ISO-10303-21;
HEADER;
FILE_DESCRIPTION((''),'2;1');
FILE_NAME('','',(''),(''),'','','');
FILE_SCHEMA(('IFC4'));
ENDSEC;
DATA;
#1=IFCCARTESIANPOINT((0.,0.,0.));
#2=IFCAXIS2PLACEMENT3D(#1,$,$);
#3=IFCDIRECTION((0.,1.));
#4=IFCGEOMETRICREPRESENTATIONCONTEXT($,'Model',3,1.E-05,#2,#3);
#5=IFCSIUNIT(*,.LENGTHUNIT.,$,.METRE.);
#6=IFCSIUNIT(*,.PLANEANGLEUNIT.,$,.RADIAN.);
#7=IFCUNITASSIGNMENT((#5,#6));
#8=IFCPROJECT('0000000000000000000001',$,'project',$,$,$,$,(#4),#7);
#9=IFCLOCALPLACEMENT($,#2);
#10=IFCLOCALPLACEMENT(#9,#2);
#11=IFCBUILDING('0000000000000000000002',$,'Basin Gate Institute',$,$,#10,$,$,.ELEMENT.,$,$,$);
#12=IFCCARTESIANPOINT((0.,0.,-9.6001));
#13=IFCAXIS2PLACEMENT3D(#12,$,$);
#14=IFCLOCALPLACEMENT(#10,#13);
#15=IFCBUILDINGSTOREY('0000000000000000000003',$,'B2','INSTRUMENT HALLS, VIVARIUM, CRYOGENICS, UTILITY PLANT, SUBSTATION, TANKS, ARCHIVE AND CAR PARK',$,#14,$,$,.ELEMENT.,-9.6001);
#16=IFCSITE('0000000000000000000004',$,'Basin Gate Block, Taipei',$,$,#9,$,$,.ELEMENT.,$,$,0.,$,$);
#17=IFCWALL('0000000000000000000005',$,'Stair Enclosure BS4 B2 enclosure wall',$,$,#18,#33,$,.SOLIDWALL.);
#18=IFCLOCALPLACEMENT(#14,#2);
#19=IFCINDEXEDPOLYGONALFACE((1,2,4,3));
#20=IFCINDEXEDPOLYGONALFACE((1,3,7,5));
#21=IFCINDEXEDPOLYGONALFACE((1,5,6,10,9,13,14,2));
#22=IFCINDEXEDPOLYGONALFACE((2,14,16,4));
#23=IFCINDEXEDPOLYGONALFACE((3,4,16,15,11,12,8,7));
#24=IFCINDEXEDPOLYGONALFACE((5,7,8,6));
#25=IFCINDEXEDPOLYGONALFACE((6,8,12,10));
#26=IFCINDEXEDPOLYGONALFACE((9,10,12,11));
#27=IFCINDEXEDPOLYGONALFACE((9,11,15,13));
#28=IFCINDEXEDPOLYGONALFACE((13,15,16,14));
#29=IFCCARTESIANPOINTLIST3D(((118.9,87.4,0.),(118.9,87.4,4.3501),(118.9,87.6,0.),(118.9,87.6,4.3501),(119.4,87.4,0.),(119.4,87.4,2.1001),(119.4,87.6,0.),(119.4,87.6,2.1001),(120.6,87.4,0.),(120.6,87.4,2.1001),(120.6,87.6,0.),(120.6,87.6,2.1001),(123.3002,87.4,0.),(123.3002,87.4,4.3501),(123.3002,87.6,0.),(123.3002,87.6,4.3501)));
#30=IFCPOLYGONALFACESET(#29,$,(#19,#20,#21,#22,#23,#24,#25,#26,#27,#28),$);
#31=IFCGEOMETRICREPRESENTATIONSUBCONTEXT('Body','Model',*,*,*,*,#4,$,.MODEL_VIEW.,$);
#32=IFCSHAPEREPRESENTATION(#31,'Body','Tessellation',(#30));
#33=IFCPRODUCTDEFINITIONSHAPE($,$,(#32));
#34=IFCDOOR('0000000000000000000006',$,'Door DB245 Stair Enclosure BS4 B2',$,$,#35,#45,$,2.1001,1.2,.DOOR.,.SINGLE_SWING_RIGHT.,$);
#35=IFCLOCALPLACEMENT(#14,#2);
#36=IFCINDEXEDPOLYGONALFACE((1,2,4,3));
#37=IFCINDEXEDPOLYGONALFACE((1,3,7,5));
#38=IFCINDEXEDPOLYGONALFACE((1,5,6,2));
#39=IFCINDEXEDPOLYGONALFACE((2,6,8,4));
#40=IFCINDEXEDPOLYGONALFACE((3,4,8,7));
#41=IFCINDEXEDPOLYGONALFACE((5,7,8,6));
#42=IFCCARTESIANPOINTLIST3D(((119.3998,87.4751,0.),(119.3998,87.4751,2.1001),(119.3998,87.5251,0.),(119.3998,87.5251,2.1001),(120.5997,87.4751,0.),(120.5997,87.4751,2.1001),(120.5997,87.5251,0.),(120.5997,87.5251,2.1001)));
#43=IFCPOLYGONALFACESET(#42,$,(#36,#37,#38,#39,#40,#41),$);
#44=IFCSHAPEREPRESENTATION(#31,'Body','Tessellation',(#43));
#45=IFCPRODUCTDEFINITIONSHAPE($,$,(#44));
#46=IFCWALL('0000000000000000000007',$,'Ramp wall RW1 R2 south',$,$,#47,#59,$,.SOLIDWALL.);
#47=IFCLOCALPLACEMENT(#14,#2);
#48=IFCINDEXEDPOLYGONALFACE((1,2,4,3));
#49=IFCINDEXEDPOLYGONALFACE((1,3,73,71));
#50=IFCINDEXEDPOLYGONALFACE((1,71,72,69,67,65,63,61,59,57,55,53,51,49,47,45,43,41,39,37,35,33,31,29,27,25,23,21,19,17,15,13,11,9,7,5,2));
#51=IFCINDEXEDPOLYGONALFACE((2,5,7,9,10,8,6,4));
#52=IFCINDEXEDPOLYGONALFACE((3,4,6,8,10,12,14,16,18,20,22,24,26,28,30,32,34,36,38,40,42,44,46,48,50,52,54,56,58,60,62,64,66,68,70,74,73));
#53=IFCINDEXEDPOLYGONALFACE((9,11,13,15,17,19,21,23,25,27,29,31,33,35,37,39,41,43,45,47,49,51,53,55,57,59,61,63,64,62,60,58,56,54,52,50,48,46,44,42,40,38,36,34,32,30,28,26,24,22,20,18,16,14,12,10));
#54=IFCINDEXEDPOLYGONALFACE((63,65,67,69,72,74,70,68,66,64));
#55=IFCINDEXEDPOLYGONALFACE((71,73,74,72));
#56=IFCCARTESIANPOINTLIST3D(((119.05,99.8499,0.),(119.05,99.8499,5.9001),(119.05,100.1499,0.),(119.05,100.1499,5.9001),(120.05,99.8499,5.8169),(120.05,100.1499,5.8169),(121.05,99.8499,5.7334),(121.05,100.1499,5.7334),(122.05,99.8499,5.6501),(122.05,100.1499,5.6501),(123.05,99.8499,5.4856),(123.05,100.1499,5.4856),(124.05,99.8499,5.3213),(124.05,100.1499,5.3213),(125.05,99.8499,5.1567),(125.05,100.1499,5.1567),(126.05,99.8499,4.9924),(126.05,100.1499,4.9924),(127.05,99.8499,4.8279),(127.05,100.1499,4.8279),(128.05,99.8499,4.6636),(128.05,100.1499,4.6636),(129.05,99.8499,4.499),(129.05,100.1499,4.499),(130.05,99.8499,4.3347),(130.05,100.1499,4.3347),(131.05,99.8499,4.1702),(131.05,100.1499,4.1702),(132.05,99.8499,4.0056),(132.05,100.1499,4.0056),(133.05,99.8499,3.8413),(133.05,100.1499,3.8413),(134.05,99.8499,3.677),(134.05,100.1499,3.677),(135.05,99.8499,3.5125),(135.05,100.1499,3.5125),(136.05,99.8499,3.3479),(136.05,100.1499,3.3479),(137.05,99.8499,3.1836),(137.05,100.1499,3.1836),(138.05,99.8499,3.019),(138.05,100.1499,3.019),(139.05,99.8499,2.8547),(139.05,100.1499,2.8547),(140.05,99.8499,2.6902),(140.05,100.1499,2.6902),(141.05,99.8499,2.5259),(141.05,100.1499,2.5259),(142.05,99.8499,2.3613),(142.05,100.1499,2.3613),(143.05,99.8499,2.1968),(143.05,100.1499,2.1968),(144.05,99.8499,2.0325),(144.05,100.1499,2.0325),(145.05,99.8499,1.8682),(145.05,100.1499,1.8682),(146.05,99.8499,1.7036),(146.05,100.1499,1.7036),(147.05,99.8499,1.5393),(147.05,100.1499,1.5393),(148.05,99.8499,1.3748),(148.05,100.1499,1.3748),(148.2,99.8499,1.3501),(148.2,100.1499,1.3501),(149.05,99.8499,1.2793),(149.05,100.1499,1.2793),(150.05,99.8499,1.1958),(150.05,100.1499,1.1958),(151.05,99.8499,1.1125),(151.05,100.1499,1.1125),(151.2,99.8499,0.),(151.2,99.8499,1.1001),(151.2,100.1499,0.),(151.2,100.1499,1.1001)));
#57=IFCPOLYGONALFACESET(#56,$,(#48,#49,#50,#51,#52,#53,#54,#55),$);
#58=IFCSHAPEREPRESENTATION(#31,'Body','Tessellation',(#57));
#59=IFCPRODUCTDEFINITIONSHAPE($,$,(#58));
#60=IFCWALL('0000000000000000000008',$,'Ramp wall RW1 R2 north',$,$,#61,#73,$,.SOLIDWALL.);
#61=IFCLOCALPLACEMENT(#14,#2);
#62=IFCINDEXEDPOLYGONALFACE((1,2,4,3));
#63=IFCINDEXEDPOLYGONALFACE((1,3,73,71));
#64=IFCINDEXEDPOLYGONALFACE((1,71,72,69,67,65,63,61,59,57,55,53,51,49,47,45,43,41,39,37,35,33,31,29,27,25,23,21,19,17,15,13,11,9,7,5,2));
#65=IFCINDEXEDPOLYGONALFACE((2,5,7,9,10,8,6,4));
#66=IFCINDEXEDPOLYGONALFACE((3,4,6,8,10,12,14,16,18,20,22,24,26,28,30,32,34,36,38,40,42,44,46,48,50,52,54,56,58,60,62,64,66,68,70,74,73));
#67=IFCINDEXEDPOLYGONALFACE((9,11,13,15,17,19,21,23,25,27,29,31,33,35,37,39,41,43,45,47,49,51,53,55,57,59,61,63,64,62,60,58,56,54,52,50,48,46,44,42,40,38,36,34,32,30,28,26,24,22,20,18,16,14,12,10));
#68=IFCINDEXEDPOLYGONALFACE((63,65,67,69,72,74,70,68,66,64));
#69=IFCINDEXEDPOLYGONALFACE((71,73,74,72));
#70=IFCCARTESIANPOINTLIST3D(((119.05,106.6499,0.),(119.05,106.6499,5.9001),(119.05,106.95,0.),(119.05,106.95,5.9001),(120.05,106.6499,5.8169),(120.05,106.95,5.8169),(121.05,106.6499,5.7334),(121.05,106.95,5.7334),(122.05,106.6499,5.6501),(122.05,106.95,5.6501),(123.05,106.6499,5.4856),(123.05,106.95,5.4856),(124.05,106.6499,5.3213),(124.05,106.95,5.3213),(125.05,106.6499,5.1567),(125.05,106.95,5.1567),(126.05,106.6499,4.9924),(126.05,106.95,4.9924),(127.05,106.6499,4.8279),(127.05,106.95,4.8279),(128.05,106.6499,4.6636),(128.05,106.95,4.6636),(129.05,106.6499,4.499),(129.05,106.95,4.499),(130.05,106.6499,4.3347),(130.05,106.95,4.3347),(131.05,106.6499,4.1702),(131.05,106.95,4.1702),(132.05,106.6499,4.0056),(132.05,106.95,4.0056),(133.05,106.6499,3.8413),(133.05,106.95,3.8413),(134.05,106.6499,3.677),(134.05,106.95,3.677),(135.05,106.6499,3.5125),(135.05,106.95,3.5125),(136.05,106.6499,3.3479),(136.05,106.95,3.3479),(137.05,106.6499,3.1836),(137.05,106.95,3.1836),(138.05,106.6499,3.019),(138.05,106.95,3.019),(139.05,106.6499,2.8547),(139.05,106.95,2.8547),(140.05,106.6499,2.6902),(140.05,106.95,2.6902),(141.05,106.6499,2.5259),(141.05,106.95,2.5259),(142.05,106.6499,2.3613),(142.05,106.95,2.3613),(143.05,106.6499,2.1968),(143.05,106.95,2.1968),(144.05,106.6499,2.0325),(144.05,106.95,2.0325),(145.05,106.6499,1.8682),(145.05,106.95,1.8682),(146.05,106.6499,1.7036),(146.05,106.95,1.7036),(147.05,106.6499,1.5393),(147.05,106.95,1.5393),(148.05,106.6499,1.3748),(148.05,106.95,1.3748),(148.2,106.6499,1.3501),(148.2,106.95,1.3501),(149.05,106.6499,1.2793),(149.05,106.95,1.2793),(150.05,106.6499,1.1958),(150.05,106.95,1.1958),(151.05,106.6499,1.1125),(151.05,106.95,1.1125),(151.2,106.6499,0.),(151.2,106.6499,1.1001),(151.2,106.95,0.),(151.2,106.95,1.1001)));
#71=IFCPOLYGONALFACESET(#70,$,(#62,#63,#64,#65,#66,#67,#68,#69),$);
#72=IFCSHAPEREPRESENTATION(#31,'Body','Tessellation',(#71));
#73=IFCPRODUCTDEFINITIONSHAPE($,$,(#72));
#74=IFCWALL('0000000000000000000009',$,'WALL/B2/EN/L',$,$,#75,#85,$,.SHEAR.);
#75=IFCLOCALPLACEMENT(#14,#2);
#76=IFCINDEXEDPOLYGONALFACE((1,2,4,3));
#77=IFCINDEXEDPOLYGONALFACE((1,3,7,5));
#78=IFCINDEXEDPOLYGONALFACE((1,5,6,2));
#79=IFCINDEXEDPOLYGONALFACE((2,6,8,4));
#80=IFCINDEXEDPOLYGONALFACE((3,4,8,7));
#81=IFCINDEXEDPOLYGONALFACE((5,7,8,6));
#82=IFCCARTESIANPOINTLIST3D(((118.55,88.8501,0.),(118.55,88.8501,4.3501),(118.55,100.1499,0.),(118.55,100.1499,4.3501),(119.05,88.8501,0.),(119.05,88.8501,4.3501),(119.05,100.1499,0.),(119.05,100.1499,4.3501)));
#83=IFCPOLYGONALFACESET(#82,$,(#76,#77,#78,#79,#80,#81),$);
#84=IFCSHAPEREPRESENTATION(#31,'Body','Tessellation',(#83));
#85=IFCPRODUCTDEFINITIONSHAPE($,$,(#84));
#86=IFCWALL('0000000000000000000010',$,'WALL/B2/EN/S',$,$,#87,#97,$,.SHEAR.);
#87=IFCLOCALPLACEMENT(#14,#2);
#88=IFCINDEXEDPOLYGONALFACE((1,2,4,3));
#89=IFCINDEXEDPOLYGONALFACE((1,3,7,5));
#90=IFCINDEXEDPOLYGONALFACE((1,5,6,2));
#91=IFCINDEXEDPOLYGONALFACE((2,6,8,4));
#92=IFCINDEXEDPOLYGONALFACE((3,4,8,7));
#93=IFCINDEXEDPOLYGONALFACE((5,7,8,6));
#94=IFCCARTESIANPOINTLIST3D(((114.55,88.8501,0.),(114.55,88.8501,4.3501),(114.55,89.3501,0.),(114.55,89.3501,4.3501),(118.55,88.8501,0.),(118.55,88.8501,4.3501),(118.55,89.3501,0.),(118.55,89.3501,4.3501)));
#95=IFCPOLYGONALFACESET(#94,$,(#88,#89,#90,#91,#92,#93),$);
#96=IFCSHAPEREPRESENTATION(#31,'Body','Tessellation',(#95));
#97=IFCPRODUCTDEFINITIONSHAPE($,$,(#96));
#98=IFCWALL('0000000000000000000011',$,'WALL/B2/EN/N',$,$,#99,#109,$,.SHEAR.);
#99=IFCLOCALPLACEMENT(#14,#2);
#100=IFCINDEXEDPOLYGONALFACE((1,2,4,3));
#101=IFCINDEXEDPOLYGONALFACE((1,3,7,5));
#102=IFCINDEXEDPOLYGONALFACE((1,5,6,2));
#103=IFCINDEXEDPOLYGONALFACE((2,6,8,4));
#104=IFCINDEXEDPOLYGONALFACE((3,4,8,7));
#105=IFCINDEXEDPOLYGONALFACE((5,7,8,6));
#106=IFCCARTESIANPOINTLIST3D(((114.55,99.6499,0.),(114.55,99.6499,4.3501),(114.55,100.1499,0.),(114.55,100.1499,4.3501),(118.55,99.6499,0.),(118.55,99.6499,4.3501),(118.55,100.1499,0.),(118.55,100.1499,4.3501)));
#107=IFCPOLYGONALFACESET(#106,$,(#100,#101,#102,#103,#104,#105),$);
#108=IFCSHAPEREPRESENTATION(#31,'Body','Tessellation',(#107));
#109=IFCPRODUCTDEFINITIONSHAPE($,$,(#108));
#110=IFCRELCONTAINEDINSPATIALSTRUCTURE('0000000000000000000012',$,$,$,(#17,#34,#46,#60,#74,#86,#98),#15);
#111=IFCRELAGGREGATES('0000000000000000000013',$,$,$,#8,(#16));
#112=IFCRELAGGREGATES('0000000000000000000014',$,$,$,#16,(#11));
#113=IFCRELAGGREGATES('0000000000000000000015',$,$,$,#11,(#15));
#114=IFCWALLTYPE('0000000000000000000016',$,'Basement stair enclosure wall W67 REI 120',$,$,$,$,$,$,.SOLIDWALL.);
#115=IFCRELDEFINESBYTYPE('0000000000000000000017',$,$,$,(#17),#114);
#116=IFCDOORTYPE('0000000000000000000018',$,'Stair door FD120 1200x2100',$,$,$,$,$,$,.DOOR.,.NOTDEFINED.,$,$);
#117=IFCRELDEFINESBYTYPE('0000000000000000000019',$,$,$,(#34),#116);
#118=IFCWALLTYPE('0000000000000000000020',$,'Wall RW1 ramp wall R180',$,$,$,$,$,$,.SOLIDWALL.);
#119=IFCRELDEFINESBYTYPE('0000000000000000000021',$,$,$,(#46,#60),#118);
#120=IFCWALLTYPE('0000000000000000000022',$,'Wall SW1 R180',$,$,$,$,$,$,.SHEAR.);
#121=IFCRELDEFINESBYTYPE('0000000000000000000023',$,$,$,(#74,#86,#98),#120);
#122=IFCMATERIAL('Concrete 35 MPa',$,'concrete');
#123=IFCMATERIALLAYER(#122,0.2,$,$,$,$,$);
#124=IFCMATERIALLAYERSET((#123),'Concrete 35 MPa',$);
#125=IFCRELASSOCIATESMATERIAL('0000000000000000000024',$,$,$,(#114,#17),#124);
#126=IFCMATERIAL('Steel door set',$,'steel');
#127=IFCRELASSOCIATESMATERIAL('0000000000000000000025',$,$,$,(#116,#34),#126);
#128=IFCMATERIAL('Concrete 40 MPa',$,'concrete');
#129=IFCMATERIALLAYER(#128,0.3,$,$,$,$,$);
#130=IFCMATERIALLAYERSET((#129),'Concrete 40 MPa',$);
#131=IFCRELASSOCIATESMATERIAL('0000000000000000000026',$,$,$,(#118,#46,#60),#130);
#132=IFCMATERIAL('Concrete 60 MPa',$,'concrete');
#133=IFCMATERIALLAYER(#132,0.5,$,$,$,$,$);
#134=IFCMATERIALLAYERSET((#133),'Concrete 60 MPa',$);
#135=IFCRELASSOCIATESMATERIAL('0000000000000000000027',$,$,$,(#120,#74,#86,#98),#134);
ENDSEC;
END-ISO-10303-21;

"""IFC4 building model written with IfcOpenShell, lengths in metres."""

from ifc_helpers import new_model, si_unit, direction, frame, frame_2d, origin, place, context, subcontext, project, spatial, polyline, rectangle, outline, extrude, material, layer, layer_set, type_object, element, fill, save


model = new_model("IFC4")

# Units and contexts
model_context = context("Model", 3, precision=1e-05, world=origin(), true_north=direction((0.0, 1.0)))
body_context = subcontext(model_context, "Body", "Model", "MODEL_VIEW")
ifc_project = project(units=[si_unit("LENGTHUNIT", "METRE"), si_unit("PLANEANGLEUNIT", "RADIAN")], contexts=[model_context])

# Site, building, storey
site_placement = place(None, origin())
site = spatial("IfcSite", under=ifc_project, at=site_placement, Name="Basin Gate Block, Taipei", CompositionType="ELEMENT", RefElevation=0.0)
building_placement = place(site_placement, origin())
building = spatial("IfcBuilding", under=site, at=building_placement, Name="Basin Gate Institute", CompositionType="ELEMENT")
storey_placement = place(building_placement, frame((0.0, 0.0, -9.6001)))
storey = spatial("IfcBuildingStorey", under=building, at=storey_placement, Name="B2", Description="INSTRUMENT HALLS, VIVARIUM, CRYOGENICS, UTILITY PLANT, SUBSTATION, TANKS, ARCHIVE AND CAR PARK", CompositionType="ELEMENT", Elevation=-9.6001)

# Wall, opening, door
ifc_material_1 = material(Name="Concrete 35 MPa", Category="concrete")
ifc_layer_1 = layer(ifc_material_1, 0.2)
ifc_layer_set_1 = layer_set([ifc_layer_1], Name="Concrete 35 MPa")
wall_type_1 = type_object("IfcWallType", Name="Basement stair enclosure wall W67 REI 120", PredefinedType="SOLIDWALL", material=ifc_layer_set_1)
wall_1_placement = place(storey_placement, frame((118.8999, 87.5, 0.0), z_axis=(0.0, 0.0, 1.0), x_axis=(1.0, 0.0, 0.0)))
wall_1 = element("IfcWall", 1, at=wall_1_placement, inside=storey, type_object=wall_type_1, material=ifc_layer_set_1, Name="Stair Enclosure BS4 B2 enclosure wall", PredefinedType="SOLIDWALL", context=body_context, shape_type="SweptSolid", body=[
    extrude(rectangle(XDim=4.4001, YDim=0.2, at=frame_2d((2.2002, 0.0))), origin(), (0.0, 0.0, 1.0), 4.3501),
])
opening_placement = place(wall_1_placement, frame((0.5, 0.0, 0.0)))
opening = element("IfcOpeningElement", 2, at=opening_placement, cuts=wall_1, PredefinedType="OPENING", context=body_context, shape_type="SweptSolid", body=[
    extrude(rectangle(XDim=1.2, YDim=2.1001, at=frame_2d((0.6001, 1.05))), frame((0.0, 0.1099, 0.0), z_axis=(0.0, -1.0, 0.0), x_axis=(1.0, 0.0, 0.0)), (0.0, 0.0, 1.0), 0.22),
])
ifc_material_2 = material(Name="Steel door set", Category="steel")
door_type = type_object("IfcDoorType", Name="Stair door FD120 1200x2100", OperationType="NOTDEFINED", PredefinedType="DOOR", material=ifc_material_2)
door_placement = place(opening_placement, frame((1.2, 0.0, 0.0), z_axis=(0.0, 0.0, 1.0), x_axis=(-1.0, 0.0, 0.0)))
door = element("IfcDoor", 3, at=door_placement, inside=storey, type_object=door_type, material=ifc_material_2, Name="Door DB245 Stair Enclosure BS4 B2", OperationType="SINGLE_SWING_RIGHT", OverallHeight=2.1001, OverallWidth=1.2, PredefinedType="DOOR", context=body_context, shape_type="SweptSolid", body=[
    extrude(rectangle(XDim=1.2, YDim=2.1001, at=frame_2d((0.6001, 1.05))), frame((0.0, 0.0249, 0.0), z_axis=(0.0, -1.0, 0.0), x_axis=(1.0, 0.0, 0.0)), (0.0, 0.0, 1.0), 0.05),
])
fill(opening, door)

# Walls
ifc_material_3 = material(Name="Concrete 40 MPa", Category="concrete")
ifc_layer_2 = layer(ifc_material_3, 0.3)
ifc_layer_set_2 = layer_set([ifc_layer_2], Name="Concrete 40 MPa")
wall_type_2 = type_object("IfcWallType", Name="Wall RW1 ramp wall R180", PredefinedType="SOLIDWALL", material=ifc_layer_set_2)
for number, where, z_axis, x_axis, name in (
    (4, (119.05, 100.0, 0.0), (0.0, 0.0, 1.0), (1.0, 0.0, 0.0), "Ramp wall RW1 R2 south"),
    (5, (119.05, 106.8, 0.0), (0.0, 0.0, 1.0), (1.0, 0.0, 0.0), "Ramp wall RW1 R2 north"),
):
    element("IfcWall", number, at=place(storey_placement, frame(where, z_axis=z_axis, x_axis=x_axis)), inside=storey, type_object=wall_type_2, material=ifc_layer_set_2, Name=name, PredefinedType="SOLIDWALL", context=body_context, shape_type="SweptSolid", body=[
        extrude(outline(polyline([(0.0, 0.0), (32.1499, 0.0), (32.1499, 1.1001), (32.0, 1.1125), (31.0, 1.1958), (30.0, 1.2793), (29.1499, 1.3501), (29.0, 1.3748), (28.0, 1.5393), (27.0, 1.7036), (26.0, 1.8682), (25.0, 2.0325), (24.0, 2.1968), (23.0, 2.3613), (22.0, 2.5259), (21.0, 2.6902), (20.0, 2.8547), (19.0, 3.019), (18.0, 3.1836), (17.0, 3.3479), (16.0, 3.5125), (15.0, 3.677), (14.0, 3.8413), (13.0, 4.0056), (12.0, 4.1702), (11.0, 4.3347), (10.0, 4.499), (9.0, 4.6636), (8.0, 4.8279), (7.0, 4.9924), (6.0, 5.1567), (5.0, 5.3213), (4.0, 5.4856), (3.0, 5.6501), (2.0, 5.7334), (1.0, 5.8169), (0.0, 5.9001), (0.0, 0.0)])), frame((0.0, 0.1499, 0.0), z_axis=(0.0, -1.0, 0.0), x_axis=(1.0, 0.0, 0.0)), (0.0, 0.0, 1.0), 0.3),
    ])
ifc_material_4 = material(Name="Concrete 60 MPa", Category="concrete")
ifc_layer_3 = layer(ifc_material_4, 0.5)
ifc_layer_set_3 = layer_set([ifc_layer_3], Name="Concrete 60 MPa")
wall_type_3 = type_object("IfcWallType", Name="Wall SW1 R180", PredefinedType="SHEAR", material=ifc_layer_set_3)
wall_2_placement = place(storey_placement, frame((118.8, 88.8501, 0.0), z_axis=(0.0, 0.0, 1.0), x_axis=(0.0, 1.0, 0.0)))
element("IfcWall", 6, at=wall_2_placement, inside=storey, type_object=wall_type_3, material=ifc_layer_set_3, Name="WALL/B2/EN/L", PredefinedType="SHEAR", context=body_context, shape_type="SweptSolid", body=[
    extrude(rectangle(XDim=11.2998, YDim=0.5, at=frame_2d((5.6499, 0.0))), origin(), (0.0, 0.0, 1.0), 4.3501),
])
for number, where, z_axis, x_axis, name in (
    (7, (118.55, 89.1001, 0.0), (0.0, 0.0, 1.0), (-1.0, 0.0, 0.0), "WALL/B2/EN/S"),
    (8, (118.55, 99.8999, 0.0), (0.0, 0.0, 1.0), (-1.0, 0.0, 0.0), "WALL/B2/EN/N"),
):
    element("IfcWall", number, at=place(storey_placement, frame(where, z_axis=z_axis, x_axis=x_axis)), inside=storey, type_object=wall_type_3, material=ifc_layer_set_3, Name=name, PredefinedType="SHEAR", context=body_context, shape_type="SweptSolid", body=[
        extrude(rectangle(XDim=4.0, YDim=0.5, at=frame_2d((2.0, 0.0))), origin(), (0.0, 0.0, 1.0), 4.3501),
    ])

save(model, "model.ifc")
